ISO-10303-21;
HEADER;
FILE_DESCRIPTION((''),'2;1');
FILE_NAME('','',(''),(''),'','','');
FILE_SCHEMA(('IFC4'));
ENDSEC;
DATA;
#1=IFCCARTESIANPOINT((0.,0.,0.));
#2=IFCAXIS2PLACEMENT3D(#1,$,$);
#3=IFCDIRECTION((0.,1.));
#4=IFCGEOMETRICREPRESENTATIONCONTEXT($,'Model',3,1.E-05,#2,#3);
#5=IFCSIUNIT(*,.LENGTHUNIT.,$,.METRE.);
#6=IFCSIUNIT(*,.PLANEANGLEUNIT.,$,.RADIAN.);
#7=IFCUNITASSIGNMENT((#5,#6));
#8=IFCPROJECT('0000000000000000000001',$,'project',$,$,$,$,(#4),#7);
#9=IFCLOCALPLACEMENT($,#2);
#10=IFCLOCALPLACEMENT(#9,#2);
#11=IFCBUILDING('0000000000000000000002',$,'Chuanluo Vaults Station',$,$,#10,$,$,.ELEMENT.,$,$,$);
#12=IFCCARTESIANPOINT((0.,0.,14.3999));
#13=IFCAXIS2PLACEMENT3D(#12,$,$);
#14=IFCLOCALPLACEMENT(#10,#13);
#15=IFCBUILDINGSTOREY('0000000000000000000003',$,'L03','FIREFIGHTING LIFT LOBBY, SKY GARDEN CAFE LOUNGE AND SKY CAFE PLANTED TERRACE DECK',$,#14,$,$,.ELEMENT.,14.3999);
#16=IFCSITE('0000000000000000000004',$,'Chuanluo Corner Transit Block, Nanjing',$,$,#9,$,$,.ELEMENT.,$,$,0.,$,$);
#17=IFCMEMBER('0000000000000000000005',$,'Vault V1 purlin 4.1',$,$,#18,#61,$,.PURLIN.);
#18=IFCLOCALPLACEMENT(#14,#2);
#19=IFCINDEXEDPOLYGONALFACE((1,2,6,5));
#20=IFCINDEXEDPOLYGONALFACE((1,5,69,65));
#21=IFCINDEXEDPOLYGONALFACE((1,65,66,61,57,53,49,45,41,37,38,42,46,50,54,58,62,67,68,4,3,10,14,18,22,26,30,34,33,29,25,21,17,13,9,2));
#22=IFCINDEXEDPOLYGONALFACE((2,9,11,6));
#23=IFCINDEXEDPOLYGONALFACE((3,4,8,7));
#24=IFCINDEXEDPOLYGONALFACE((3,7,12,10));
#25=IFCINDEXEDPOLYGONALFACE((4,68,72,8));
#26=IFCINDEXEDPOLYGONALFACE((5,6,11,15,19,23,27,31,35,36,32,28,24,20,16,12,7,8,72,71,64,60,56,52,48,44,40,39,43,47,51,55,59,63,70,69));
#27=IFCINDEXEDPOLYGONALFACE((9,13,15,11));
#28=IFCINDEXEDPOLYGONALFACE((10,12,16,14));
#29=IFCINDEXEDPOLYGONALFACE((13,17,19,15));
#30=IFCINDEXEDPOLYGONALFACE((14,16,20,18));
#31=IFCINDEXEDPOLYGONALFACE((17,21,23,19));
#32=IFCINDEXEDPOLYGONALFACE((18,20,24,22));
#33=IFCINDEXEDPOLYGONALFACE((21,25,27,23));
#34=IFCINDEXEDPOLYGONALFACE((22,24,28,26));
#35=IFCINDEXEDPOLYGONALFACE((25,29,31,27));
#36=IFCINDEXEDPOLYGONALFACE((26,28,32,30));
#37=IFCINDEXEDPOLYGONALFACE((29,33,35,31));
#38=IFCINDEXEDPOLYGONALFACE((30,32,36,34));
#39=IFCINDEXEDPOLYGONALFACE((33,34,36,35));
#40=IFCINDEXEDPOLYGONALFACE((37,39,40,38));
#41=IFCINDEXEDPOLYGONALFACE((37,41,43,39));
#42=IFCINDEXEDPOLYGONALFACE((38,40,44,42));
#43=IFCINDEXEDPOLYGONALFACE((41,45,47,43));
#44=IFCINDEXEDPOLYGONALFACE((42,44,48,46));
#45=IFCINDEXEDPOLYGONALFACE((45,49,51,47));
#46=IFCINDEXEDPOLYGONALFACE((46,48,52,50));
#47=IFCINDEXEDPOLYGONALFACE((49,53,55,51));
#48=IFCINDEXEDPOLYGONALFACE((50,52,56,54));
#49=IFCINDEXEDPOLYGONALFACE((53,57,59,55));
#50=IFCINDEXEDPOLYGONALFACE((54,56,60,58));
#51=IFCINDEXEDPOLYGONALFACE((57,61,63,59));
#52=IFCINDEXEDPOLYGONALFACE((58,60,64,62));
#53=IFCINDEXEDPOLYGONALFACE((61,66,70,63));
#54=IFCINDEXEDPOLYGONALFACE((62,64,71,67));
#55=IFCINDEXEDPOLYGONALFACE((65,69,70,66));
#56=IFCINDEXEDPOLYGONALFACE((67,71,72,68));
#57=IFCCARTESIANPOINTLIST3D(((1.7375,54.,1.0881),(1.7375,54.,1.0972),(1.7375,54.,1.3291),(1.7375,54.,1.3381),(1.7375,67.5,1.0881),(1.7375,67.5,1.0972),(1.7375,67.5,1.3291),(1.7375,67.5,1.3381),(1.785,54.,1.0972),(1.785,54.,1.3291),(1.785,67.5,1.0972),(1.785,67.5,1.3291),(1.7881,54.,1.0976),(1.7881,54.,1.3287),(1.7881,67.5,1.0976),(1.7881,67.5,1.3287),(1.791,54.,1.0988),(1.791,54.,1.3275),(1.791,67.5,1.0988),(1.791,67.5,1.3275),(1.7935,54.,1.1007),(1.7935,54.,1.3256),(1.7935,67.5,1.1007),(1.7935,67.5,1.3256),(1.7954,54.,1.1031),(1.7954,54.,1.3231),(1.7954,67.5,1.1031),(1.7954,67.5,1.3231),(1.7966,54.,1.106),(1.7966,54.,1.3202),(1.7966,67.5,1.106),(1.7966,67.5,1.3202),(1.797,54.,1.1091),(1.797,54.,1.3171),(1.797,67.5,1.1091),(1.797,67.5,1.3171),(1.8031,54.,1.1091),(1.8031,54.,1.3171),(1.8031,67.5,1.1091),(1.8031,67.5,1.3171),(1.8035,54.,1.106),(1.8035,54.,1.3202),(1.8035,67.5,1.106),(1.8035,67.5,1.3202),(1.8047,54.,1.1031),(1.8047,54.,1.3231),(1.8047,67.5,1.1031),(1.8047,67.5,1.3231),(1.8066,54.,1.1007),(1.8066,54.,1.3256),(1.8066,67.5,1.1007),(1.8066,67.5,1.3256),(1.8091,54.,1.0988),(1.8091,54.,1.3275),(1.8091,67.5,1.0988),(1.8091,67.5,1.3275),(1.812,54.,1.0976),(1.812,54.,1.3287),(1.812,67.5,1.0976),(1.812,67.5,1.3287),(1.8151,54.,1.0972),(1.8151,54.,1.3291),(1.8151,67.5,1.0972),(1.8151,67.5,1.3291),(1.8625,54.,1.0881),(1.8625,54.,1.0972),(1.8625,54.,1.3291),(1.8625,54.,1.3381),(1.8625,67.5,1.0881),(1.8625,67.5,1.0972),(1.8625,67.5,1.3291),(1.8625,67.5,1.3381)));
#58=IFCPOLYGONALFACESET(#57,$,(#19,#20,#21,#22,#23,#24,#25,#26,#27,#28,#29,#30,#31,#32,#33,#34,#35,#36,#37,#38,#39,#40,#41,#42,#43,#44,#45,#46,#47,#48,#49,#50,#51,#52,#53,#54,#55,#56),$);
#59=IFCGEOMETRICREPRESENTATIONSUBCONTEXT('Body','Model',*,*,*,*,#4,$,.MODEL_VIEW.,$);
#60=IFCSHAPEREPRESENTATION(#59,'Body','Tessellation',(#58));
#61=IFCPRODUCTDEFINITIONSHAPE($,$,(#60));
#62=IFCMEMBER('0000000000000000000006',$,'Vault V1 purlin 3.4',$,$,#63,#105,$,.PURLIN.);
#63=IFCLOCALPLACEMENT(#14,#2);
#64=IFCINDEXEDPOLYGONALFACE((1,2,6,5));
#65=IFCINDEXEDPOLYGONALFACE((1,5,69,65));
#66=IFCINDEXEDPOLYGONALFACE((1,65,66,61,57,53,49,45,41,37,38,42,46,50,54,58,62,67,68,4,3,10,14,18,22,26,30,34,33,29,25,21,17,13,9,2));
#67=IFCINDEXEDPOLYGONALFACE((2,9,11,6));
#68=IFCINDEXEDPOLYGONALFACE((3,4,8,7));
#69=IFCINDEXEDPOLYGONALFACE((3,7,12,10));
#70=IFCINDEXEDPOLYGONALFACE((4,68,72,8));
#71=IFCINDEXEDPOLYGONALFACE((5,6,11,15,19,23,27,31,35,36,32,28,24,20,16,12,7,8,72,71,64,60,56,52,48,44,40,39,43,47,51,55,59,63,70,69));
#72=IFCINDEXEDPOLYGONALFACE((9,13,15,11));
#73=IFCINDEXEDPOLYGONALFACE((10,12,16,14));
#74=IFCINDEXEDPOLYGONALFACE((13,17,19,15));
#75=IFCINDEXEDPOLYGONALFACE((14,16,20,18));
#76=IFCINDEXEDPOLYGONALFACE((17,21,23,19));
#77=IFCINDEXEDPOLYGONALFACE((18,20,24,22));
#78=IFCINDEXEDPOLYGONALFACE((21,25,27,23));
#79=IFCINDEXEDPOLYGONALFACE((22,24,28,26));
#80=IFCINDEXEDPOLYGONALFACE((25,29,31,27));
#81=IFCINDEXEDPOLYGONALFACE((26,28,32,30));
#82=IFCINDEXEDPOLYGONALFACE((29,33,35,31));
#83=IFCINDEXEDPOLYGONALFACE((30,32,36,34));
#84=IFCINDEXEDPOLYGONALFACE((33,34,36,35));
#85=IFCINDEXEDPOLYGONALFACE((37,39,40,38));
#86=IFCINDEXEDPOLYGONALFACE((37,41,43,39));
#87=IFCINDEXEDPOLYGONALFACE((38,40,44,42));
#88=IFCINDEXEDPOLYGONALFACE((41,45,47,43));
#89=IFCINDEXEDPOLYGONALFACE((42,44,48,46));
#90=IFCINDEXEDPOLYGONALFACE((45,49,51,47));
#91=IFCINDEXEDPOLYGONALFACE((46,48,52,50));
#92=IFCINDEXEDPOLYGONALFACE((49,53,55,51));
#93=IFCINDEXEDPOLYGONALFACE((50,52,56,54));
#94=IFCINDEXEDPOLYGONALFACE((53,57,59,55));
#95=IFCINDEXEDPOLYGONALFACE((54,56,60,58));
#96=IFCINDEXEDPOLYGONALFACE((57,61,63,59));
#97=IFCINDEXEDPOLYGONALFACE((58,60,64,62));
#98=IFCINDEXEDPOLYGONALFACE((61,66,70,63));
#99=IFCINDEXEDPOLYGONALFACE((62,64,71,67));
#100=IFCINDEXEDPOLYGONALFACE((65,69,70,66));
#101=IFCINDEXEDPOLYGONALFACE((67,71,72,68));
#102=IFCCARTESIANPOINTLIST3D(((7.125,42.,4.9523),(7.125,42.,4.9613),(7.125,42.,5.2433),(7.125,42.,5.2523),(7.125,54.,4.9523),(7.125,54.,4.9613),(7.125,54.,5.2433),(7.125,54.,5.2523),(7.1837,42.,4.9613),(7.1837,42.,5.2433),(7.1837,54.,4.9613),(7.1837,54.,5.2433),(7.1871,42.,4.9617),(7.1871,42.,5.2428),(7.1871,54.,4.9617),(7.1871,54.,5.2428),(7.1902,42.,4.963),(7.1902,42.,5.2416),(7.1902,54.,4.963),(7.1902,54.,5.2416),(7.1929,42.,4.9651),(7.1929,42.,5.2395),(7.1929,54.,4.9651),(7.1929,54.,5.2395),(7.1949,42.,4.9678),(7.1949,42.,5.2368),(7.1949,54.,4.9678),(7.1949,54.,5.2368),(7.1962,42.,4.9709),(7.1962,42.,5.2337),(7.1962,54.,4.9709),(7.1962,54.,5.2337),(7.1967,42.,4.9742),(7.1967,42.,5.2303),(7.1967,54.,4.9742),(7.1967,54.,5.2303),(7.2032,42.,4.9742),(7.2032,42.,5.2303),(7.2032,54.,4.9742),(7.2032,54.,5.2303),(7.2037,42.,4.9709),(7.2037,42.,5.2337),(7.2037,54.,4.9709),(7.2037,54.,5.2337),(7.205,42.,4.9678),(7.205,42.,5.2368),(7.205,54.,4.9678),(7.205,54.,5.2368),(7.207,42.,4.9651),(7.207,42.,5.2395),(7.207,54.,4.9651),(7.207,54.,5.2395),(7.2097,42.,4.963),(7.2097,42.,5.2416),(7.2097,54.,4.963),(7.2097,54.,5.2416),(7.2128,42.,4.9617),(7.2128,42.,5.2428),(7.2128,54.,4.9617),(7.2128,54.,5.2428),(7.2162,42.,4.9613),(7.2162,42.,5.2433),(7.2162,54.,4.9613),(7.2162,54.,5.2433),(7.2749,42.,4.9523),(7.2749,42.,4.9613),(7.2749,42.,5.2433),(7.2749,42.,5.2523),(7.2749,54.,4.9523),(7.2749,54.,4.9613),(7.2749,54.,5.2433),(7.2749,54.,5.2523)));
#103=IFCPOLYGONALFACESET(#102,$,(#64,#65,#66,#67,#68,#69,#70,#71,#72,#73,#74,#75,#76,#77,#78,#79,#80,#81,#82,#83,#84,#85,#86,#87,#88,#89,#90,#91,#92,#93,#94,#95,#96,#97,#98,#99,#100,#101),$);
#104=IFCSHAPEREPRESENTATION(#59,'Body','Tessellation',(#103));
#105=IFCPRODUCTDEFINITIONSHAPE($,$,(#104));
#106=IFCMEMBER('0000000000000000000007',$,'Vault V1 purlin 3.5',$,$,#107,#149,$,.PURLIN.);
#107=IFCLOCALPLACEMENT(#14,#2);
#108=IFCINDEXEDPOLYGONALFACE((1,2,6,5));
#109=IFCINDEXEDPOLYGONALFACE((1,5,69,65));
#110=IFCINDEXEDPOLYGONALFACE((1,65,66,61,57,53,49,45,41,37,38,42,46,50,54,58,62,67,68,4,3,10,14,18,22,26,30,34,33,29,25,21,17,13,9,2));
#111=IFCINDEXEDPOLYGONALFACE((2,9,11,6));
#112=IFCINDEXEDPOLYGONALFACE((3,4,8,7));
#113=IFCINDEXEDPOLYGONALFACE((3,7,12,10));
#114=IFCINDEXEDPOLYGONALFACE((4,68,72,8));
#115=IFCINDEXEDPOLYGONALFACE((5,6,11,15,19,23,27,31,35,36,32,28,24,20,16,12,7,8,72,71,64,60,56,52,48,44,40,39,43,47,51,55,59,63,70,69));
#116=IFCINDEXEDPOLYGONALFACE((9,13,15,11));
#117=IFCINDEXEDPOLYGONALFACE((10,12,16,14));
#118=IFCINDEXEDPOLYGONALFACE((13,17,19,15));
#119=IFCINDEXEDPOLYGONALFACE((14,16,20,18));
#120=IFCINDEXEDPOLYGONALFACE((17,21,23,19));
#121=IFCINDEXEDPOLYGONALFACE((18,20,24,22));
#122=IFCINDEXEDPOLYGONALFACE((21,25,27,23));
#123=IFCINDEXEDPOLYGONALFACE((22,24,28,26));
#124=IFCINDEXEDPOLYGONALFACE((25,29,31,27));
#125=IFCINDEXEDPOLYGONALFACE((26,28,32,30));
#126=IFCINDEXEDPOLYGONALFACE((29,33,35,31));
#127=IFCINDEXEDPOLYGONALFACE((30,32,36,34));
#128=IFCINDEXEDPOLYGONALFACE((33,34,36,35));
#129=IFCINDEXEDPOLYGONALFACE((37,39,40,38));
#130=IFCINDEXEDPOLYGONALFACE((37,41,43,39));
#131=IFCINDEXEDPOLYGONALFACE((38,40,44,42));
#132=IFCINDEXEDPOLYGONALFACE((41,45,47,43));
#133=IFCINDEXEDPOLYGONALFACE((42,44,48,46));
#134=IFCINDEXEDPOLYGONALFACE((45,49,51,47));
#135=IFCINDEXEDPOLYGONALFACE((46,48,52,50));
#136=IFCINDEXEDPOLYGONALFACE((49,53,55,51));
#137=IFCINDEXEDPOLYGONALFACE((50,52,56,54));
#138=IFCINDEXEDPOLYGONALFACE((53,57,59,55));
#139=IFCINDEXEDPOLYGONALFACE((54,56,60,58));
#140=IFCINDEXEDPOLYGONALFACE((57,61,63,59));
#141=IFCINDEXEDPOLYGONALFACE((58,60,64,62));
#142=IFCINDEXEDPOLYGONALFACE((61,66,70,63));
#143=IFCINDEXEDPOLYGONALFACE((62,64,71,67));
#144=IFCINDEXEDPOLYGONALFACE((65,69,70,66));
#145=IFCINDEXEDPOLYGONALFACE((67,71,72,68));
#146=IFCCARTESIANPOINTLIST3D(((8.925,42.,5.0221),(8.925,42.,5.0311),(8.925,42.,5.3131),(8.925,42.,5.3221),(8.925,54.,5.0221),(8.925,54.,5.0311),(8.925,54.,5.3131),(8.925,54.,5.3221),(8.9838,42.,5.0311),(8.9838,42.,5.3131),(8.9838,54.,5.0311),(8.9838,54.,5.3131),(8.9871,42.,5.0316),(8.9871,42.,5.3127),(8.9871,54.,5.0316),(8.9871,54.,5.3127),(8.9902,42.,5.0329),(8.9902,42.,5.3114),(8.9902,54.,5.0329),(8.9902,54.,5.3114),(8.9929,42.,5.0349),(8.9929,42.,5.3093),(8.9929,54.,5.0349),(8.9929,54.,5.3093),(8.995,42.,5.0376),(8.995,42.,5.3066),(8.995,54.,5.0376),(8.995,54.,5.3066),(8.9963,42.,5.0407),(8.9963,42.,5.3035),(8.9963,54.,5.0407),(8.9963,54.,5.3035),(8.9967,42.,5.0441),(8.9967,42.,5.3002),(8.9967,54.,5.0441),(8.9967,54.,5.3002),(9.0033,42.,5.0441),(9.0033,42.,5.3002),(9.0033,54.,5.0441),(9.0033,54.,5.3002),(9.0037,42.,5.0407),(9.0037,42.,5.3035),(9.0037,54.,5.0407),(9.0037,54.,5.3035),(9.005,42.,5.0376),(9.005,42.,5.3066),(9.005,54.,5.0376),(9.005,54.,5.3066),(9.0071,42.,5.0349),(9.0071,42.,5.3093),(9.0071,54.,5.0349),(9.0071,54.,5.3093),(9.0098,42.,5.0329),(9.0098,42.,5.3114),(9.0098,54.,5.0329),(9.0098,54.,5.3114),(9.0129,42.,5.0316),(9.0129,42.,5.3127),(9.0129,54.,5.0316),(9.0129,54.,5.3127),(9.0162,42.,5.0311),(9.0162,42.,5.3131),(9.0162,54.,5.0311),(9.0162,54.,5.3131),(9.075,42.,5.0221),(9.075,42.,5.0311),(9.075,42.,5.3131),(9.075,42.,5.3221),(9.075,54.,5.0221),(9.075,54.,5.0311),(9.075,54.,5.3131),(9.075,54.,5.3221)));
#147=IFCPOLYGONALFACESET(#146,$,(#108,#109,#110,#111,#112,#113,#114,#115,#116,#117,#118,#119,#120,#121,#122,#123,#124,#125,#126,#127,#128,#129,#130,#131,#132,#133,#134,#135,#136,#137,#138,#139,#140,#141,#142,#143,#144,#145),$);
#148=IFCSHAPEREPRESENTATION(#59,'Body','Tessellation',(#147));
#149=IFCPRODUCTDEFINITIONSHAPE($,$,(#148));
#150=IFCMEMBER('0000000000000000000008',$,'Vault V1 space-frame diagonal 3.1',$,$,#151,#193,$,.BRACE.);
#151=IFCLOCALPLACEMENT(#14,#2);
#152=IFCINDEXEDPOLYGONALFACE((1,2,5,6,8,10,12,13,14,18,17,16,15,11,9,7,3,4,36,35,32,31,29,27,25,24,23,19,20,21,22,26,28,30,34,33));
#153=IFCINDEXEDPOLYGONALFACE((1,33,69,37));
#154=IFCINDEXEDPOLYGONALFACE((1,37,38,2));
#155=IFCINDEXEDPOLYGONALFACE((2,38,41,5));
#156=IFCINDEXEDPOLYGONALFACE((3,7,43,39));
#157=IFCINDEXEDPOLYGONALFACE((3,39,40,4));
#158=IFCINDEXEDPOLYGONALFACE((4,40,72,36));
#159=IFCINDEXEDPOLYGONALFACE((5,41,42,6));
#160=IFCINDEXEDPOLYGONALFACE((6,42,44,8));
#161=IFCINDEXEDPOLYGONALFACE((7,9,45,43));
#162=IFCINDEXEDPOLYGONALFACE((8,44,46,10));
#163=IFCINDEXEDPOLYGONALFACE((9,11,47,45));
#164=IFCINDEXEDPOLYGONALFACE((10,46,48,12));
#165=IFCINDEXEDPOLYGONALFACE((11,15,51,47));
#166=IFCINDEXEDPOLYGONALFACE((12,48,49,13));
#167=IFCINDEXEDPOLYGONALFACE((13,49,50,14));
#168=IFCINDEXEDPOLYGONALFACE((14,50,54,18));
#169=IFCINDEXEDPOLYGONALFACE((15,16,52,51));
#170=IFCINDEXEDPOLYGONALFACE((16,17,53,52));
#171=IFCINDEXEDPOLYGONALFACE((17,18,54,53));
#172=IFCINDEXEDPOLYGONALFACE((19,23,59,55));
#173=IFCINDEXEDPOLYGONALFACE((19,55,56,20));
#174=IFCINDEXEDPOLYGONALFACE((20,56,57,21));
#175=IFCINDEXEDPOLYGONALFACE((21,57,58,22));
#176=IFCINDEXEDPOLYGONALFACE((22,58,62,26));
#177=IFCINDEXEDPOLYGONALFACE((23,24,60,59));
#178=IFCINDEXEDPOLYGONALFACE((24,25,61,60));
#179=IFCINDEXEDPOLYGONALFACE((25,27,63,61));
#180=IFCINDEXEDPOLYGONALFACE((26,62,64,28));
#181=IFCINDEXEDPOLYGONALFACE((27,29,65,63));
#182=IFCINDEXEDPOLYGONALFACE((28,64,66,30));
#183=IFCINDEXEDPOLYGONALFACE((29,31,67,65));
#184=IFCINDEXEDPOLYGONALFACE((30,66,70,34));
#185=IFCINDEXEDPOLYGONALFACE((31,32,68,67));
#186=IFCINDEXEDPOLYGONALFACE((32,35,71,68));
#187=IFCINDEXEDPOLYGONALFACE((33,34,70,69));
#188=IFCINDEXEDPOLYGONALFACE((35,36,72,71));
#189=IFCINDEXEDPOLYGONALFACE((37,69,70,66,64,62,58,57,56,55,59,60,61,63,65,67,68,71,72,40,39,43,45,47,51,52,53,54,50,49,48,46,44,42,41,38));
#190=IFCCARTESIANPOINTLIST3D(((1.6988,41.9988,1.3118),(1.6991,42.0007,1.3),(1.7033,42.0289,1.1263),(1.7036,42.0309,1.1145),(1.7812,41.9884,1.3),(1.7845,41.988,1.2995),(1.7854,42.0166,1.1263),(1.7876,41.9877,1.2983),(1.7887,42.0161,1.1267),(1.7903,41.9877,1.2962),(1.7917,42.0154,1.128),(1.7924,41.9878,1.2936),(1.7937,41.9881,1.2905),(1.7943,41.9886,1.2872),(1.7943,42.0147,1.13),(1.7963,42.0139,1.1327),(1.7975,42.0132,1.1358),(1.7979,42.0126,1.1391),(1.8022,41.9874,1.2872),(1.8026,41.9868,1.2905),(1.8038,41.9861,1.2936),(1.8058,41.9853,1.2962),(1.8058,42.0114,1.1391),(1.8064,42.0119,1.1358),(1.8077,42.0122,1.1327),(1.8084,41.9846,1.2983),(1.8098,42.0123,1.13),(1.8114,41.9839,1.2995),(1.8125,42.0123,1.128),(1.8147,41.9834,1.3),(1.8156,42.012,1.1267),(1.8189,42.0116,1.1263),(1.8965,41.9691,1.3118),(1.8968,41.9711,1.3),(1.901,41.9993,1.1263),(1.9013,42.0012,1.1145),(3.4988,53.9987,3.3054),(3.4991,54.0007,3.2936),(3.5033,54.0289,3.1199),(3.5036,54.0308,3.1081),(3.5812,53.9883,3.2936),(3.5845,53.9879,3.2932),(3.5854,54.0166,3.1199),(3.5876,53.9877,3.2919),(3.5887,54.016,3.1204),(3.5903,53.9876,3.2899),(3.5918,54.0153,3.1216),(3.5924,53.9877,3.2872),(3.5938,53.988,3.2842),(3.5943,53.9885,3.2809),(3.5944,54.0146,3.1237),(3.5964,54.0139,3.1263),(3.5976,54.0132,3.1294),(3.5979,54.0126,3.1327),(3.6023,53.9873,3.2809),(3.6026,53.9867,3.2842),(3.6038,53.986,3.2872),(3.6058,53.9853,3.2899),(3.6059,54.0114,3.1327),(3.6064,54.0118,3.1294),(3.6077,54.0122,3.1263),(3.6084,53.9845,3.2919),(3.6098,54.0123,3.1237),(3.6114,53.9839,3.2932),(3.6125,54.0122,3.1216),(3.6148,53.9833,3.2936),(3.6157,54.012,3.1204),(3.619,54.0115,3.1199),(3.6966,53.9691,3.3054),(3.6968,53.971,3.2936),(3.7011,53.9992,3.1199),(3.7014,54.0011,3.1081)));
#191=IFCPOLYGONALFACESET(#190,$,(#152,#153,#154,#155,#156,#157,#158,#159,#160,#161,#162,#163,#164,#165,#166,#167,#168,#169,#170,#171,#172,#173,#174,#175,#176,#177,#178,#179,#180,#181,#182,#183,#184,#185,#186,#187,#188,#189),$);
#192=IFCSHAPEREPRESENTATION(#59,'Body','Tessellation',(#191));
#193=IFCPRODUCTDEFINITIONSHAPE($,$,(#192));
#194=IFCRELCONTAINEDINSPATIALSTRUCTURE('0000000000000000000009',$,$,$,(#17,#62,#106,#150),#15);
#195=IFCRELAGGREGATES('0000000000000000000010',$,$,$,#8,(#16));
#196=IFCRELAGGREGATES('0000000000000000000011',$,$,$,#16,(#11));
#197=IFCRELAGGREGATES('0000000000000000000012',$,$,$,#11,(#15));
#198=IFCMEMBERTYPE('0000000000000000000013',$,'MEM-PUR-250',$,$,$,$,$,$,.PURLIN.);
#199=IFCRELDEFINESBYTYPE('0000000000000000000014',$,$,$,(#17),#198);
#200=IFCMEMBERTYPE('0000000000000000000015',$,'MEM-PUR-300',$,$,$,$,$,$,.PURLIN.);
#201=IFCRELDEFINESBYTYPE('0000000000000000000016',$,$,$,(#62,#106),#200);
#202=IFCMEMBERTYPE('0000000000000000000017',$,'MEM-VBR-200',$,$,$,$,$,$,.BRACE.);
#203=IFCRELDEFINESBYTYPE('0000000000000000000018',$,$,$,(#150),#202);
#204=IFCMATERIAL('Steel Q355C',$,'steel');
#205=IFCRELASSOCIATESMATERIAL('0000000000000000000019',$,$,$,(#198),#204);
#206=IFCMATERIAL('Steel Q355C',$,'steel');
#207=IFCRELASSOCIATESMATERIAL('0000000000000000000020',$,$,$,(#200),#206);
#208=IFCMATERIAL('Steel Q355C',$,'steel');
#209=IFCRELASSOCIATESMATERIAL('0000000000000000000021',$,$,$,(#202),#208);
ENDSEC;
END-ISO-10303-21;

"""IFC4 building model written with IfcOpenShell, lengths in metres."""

from ifc_helpers import new_model, si_unit, direction, frame, origin, origin_2d, place, context, subcontext, project, spatial, i_section, extrude, material, material_profile, profile_set, type_object, element, save


model = new_model("IFC4")

# Units and contexts
model_context = context("Model", 3, precision=1e-05, world=origin(), true_north=direction((0.0, 1.0)))
body_context = subcontext(model_context, "Body", "Model", "MODEL_VIEW")
ifc_project = project(units=[si_unit("LENGTHUNIT", "METRE"), si_unit("PLANEANGLEUNIT", "RADIAN")], contexts=[model_context])

# Site, building, storey
site_placement = place(None, origin())
site = spatial("IfcSite", under=ifc_project, at=site_placement, Name="Chuanluo Corner Transit Block, Nanjing", CompositionType="ELEMENT", RefElevation=0.0)
building_placement = place(site_placement, origin())
building = spatial("IfcBuilding", under=site, at=building_placement, Name="Chuanluo Vaults Station", CompositionType="ELEMENT")
storey_placement = place(building_placement, frame((0.0, 0.0, 14.3999)))
storey = spatial("IfcBuildingStorey", under=building, at=storey_placement, Name="L03", Description="FIREFIGHTING LIFT LOBBY, SKY GARDEN CAFE LOUNGE AND SKY CAFE PLANTED TERRACE DECK", CompositionType="ELEMENT", Elevation=14.3999)

# Members
ifc_material_1 = material(Name="Steel Q355C", Category="steel")
ifc_material_profile_1 = material_profile(ifc_material_1, i_section(OverallWidth=0.125, OverallDepth=0.25, WebThickness=0.0061, FlangeThickness=0.009, FilletRadius=0.012, at=origin_2d()))
ifc_profile_set_1 = profile_set([ifc_material_profile_1], Name="Steel Q355C")
member_type_1 = type_object("IfcMemberType", Name="MEM-PUR-250", PredefinedType="PURLIN", material=ifc_profile_set_1)
member_1_placement = place(storey_placement, frame((1.8, 54.0, 1.2131), z_axis=(0.0, 1.0, 0.0), x_axis=(-1.0, 0.0, 0.0)))
element("IfcMember", 1, at=member_1_placement, inside=storey, type_object=member_type_1, Name="Vault V1 purlin 4.1", PredefinedType="PURLIN", context=body_context, shape_type="SweptSolid", body=[
    extrude(i_section(OverallWidth=0.125, OverallDepth=0.25, WebThickness=0.0061, FlangeThickness=0.009, FilletRadius=0.012, at=origin_2d()), origin(), (0.0, 0.0, 1.0), 13.5),
])
ifc_material_2 = material(Name="Steel Q355C", Category="steel")
ifc_material_profile_2 = material_profile(ifc_material_2, i_section(OverallWidth=0.1499, OverallDepth=0.3, WebThickness=0.0066, FlangeThickness=0.009, FilletRadius=0.0129, at=origin_2d()))
ifc_profile_set_2 = profile_set([ifc_material_profile_2], Name="Steel Q355C")
member_type_2 = type_object("IfcMemberType", Name="MEM-PUR-300", PredefinedType="PURLIN", material=ifc_profile_set_2)
for number, where, z_axis, x_axis, name in (
    (2, (7.2, 42.0, 5.1023), (0.0, 1.0, 0.0), (-1.0, 0.0, 0.0), "Vault V1 purlin 3.4"),
    (3, (9.0, 42.0, 5.1721), (0.0, 1.0, 0.0), (-1.0, 0.0, 0.0), "Vault V1 purlin 3.5"),
):
    element("IfcMember", number, at=place(storey_placement, frame(where, z_axis=z_axis, x_axis=x_axis)), inside=storey, type_object=member_type_2, Name=name, PredefinedType="PURLIN", context=body_context, shape_type="SweptSolid", body=[
        extrude(i_section(OverallWidth=0.1499, OverallDepth=0.3, WebThickness=0.0066, FlangeThickness=0.009, FilletRadius=0.0129, at=origin_2d()), origin(), (0.0, 0.0, 1.0), 12.0),
    ])
ifc_material_3 = material(Name="Steel Q355C", Category="steel")
ifc_material_profile_3 = material_profile(ifc_material_3, i_section(OverallWidth=0.2, OverallDepth=0.2, WebThickness=0.0081, FlangeThickness=0.012, FilletRadius=0.0129, at=origin_2d()))
ifc_profile_set_3 = profile_set([ifc_material_profile_3], Name="Steel Q355C")
member_type_3 = type_object("IfcMemberType", Name="MEM-VBR-200", PredefinedType="BRACE", material=ifc_profile_set_3)
member_2_placement = place(storey_placement, frame((1.8, 42.0, 1.2131), z_axis=(0.146382, 0.975852, 0.162126), x_axis=(-0.988936, 0.148344, 0.0)))
element("IfcMember", 4, at=member_2_placement, inside=storey, type_object=member_type_3, Name="Vault V1 space-frame diagonal 3.1", PredefinedType="BRACE", context=body_context, shape_type="SweptSolid", body=[
    extrude(i_section(OverallWidth=0.2, OverallDepth=0.2, WebThickness=0.0081, FlangeThickness=0.012, FilletRadius=0.0129, at=origin_2d()), origin(), (0.0, 0.0, 1.0), 12.2969),
])

save(model, "model.ifc")
